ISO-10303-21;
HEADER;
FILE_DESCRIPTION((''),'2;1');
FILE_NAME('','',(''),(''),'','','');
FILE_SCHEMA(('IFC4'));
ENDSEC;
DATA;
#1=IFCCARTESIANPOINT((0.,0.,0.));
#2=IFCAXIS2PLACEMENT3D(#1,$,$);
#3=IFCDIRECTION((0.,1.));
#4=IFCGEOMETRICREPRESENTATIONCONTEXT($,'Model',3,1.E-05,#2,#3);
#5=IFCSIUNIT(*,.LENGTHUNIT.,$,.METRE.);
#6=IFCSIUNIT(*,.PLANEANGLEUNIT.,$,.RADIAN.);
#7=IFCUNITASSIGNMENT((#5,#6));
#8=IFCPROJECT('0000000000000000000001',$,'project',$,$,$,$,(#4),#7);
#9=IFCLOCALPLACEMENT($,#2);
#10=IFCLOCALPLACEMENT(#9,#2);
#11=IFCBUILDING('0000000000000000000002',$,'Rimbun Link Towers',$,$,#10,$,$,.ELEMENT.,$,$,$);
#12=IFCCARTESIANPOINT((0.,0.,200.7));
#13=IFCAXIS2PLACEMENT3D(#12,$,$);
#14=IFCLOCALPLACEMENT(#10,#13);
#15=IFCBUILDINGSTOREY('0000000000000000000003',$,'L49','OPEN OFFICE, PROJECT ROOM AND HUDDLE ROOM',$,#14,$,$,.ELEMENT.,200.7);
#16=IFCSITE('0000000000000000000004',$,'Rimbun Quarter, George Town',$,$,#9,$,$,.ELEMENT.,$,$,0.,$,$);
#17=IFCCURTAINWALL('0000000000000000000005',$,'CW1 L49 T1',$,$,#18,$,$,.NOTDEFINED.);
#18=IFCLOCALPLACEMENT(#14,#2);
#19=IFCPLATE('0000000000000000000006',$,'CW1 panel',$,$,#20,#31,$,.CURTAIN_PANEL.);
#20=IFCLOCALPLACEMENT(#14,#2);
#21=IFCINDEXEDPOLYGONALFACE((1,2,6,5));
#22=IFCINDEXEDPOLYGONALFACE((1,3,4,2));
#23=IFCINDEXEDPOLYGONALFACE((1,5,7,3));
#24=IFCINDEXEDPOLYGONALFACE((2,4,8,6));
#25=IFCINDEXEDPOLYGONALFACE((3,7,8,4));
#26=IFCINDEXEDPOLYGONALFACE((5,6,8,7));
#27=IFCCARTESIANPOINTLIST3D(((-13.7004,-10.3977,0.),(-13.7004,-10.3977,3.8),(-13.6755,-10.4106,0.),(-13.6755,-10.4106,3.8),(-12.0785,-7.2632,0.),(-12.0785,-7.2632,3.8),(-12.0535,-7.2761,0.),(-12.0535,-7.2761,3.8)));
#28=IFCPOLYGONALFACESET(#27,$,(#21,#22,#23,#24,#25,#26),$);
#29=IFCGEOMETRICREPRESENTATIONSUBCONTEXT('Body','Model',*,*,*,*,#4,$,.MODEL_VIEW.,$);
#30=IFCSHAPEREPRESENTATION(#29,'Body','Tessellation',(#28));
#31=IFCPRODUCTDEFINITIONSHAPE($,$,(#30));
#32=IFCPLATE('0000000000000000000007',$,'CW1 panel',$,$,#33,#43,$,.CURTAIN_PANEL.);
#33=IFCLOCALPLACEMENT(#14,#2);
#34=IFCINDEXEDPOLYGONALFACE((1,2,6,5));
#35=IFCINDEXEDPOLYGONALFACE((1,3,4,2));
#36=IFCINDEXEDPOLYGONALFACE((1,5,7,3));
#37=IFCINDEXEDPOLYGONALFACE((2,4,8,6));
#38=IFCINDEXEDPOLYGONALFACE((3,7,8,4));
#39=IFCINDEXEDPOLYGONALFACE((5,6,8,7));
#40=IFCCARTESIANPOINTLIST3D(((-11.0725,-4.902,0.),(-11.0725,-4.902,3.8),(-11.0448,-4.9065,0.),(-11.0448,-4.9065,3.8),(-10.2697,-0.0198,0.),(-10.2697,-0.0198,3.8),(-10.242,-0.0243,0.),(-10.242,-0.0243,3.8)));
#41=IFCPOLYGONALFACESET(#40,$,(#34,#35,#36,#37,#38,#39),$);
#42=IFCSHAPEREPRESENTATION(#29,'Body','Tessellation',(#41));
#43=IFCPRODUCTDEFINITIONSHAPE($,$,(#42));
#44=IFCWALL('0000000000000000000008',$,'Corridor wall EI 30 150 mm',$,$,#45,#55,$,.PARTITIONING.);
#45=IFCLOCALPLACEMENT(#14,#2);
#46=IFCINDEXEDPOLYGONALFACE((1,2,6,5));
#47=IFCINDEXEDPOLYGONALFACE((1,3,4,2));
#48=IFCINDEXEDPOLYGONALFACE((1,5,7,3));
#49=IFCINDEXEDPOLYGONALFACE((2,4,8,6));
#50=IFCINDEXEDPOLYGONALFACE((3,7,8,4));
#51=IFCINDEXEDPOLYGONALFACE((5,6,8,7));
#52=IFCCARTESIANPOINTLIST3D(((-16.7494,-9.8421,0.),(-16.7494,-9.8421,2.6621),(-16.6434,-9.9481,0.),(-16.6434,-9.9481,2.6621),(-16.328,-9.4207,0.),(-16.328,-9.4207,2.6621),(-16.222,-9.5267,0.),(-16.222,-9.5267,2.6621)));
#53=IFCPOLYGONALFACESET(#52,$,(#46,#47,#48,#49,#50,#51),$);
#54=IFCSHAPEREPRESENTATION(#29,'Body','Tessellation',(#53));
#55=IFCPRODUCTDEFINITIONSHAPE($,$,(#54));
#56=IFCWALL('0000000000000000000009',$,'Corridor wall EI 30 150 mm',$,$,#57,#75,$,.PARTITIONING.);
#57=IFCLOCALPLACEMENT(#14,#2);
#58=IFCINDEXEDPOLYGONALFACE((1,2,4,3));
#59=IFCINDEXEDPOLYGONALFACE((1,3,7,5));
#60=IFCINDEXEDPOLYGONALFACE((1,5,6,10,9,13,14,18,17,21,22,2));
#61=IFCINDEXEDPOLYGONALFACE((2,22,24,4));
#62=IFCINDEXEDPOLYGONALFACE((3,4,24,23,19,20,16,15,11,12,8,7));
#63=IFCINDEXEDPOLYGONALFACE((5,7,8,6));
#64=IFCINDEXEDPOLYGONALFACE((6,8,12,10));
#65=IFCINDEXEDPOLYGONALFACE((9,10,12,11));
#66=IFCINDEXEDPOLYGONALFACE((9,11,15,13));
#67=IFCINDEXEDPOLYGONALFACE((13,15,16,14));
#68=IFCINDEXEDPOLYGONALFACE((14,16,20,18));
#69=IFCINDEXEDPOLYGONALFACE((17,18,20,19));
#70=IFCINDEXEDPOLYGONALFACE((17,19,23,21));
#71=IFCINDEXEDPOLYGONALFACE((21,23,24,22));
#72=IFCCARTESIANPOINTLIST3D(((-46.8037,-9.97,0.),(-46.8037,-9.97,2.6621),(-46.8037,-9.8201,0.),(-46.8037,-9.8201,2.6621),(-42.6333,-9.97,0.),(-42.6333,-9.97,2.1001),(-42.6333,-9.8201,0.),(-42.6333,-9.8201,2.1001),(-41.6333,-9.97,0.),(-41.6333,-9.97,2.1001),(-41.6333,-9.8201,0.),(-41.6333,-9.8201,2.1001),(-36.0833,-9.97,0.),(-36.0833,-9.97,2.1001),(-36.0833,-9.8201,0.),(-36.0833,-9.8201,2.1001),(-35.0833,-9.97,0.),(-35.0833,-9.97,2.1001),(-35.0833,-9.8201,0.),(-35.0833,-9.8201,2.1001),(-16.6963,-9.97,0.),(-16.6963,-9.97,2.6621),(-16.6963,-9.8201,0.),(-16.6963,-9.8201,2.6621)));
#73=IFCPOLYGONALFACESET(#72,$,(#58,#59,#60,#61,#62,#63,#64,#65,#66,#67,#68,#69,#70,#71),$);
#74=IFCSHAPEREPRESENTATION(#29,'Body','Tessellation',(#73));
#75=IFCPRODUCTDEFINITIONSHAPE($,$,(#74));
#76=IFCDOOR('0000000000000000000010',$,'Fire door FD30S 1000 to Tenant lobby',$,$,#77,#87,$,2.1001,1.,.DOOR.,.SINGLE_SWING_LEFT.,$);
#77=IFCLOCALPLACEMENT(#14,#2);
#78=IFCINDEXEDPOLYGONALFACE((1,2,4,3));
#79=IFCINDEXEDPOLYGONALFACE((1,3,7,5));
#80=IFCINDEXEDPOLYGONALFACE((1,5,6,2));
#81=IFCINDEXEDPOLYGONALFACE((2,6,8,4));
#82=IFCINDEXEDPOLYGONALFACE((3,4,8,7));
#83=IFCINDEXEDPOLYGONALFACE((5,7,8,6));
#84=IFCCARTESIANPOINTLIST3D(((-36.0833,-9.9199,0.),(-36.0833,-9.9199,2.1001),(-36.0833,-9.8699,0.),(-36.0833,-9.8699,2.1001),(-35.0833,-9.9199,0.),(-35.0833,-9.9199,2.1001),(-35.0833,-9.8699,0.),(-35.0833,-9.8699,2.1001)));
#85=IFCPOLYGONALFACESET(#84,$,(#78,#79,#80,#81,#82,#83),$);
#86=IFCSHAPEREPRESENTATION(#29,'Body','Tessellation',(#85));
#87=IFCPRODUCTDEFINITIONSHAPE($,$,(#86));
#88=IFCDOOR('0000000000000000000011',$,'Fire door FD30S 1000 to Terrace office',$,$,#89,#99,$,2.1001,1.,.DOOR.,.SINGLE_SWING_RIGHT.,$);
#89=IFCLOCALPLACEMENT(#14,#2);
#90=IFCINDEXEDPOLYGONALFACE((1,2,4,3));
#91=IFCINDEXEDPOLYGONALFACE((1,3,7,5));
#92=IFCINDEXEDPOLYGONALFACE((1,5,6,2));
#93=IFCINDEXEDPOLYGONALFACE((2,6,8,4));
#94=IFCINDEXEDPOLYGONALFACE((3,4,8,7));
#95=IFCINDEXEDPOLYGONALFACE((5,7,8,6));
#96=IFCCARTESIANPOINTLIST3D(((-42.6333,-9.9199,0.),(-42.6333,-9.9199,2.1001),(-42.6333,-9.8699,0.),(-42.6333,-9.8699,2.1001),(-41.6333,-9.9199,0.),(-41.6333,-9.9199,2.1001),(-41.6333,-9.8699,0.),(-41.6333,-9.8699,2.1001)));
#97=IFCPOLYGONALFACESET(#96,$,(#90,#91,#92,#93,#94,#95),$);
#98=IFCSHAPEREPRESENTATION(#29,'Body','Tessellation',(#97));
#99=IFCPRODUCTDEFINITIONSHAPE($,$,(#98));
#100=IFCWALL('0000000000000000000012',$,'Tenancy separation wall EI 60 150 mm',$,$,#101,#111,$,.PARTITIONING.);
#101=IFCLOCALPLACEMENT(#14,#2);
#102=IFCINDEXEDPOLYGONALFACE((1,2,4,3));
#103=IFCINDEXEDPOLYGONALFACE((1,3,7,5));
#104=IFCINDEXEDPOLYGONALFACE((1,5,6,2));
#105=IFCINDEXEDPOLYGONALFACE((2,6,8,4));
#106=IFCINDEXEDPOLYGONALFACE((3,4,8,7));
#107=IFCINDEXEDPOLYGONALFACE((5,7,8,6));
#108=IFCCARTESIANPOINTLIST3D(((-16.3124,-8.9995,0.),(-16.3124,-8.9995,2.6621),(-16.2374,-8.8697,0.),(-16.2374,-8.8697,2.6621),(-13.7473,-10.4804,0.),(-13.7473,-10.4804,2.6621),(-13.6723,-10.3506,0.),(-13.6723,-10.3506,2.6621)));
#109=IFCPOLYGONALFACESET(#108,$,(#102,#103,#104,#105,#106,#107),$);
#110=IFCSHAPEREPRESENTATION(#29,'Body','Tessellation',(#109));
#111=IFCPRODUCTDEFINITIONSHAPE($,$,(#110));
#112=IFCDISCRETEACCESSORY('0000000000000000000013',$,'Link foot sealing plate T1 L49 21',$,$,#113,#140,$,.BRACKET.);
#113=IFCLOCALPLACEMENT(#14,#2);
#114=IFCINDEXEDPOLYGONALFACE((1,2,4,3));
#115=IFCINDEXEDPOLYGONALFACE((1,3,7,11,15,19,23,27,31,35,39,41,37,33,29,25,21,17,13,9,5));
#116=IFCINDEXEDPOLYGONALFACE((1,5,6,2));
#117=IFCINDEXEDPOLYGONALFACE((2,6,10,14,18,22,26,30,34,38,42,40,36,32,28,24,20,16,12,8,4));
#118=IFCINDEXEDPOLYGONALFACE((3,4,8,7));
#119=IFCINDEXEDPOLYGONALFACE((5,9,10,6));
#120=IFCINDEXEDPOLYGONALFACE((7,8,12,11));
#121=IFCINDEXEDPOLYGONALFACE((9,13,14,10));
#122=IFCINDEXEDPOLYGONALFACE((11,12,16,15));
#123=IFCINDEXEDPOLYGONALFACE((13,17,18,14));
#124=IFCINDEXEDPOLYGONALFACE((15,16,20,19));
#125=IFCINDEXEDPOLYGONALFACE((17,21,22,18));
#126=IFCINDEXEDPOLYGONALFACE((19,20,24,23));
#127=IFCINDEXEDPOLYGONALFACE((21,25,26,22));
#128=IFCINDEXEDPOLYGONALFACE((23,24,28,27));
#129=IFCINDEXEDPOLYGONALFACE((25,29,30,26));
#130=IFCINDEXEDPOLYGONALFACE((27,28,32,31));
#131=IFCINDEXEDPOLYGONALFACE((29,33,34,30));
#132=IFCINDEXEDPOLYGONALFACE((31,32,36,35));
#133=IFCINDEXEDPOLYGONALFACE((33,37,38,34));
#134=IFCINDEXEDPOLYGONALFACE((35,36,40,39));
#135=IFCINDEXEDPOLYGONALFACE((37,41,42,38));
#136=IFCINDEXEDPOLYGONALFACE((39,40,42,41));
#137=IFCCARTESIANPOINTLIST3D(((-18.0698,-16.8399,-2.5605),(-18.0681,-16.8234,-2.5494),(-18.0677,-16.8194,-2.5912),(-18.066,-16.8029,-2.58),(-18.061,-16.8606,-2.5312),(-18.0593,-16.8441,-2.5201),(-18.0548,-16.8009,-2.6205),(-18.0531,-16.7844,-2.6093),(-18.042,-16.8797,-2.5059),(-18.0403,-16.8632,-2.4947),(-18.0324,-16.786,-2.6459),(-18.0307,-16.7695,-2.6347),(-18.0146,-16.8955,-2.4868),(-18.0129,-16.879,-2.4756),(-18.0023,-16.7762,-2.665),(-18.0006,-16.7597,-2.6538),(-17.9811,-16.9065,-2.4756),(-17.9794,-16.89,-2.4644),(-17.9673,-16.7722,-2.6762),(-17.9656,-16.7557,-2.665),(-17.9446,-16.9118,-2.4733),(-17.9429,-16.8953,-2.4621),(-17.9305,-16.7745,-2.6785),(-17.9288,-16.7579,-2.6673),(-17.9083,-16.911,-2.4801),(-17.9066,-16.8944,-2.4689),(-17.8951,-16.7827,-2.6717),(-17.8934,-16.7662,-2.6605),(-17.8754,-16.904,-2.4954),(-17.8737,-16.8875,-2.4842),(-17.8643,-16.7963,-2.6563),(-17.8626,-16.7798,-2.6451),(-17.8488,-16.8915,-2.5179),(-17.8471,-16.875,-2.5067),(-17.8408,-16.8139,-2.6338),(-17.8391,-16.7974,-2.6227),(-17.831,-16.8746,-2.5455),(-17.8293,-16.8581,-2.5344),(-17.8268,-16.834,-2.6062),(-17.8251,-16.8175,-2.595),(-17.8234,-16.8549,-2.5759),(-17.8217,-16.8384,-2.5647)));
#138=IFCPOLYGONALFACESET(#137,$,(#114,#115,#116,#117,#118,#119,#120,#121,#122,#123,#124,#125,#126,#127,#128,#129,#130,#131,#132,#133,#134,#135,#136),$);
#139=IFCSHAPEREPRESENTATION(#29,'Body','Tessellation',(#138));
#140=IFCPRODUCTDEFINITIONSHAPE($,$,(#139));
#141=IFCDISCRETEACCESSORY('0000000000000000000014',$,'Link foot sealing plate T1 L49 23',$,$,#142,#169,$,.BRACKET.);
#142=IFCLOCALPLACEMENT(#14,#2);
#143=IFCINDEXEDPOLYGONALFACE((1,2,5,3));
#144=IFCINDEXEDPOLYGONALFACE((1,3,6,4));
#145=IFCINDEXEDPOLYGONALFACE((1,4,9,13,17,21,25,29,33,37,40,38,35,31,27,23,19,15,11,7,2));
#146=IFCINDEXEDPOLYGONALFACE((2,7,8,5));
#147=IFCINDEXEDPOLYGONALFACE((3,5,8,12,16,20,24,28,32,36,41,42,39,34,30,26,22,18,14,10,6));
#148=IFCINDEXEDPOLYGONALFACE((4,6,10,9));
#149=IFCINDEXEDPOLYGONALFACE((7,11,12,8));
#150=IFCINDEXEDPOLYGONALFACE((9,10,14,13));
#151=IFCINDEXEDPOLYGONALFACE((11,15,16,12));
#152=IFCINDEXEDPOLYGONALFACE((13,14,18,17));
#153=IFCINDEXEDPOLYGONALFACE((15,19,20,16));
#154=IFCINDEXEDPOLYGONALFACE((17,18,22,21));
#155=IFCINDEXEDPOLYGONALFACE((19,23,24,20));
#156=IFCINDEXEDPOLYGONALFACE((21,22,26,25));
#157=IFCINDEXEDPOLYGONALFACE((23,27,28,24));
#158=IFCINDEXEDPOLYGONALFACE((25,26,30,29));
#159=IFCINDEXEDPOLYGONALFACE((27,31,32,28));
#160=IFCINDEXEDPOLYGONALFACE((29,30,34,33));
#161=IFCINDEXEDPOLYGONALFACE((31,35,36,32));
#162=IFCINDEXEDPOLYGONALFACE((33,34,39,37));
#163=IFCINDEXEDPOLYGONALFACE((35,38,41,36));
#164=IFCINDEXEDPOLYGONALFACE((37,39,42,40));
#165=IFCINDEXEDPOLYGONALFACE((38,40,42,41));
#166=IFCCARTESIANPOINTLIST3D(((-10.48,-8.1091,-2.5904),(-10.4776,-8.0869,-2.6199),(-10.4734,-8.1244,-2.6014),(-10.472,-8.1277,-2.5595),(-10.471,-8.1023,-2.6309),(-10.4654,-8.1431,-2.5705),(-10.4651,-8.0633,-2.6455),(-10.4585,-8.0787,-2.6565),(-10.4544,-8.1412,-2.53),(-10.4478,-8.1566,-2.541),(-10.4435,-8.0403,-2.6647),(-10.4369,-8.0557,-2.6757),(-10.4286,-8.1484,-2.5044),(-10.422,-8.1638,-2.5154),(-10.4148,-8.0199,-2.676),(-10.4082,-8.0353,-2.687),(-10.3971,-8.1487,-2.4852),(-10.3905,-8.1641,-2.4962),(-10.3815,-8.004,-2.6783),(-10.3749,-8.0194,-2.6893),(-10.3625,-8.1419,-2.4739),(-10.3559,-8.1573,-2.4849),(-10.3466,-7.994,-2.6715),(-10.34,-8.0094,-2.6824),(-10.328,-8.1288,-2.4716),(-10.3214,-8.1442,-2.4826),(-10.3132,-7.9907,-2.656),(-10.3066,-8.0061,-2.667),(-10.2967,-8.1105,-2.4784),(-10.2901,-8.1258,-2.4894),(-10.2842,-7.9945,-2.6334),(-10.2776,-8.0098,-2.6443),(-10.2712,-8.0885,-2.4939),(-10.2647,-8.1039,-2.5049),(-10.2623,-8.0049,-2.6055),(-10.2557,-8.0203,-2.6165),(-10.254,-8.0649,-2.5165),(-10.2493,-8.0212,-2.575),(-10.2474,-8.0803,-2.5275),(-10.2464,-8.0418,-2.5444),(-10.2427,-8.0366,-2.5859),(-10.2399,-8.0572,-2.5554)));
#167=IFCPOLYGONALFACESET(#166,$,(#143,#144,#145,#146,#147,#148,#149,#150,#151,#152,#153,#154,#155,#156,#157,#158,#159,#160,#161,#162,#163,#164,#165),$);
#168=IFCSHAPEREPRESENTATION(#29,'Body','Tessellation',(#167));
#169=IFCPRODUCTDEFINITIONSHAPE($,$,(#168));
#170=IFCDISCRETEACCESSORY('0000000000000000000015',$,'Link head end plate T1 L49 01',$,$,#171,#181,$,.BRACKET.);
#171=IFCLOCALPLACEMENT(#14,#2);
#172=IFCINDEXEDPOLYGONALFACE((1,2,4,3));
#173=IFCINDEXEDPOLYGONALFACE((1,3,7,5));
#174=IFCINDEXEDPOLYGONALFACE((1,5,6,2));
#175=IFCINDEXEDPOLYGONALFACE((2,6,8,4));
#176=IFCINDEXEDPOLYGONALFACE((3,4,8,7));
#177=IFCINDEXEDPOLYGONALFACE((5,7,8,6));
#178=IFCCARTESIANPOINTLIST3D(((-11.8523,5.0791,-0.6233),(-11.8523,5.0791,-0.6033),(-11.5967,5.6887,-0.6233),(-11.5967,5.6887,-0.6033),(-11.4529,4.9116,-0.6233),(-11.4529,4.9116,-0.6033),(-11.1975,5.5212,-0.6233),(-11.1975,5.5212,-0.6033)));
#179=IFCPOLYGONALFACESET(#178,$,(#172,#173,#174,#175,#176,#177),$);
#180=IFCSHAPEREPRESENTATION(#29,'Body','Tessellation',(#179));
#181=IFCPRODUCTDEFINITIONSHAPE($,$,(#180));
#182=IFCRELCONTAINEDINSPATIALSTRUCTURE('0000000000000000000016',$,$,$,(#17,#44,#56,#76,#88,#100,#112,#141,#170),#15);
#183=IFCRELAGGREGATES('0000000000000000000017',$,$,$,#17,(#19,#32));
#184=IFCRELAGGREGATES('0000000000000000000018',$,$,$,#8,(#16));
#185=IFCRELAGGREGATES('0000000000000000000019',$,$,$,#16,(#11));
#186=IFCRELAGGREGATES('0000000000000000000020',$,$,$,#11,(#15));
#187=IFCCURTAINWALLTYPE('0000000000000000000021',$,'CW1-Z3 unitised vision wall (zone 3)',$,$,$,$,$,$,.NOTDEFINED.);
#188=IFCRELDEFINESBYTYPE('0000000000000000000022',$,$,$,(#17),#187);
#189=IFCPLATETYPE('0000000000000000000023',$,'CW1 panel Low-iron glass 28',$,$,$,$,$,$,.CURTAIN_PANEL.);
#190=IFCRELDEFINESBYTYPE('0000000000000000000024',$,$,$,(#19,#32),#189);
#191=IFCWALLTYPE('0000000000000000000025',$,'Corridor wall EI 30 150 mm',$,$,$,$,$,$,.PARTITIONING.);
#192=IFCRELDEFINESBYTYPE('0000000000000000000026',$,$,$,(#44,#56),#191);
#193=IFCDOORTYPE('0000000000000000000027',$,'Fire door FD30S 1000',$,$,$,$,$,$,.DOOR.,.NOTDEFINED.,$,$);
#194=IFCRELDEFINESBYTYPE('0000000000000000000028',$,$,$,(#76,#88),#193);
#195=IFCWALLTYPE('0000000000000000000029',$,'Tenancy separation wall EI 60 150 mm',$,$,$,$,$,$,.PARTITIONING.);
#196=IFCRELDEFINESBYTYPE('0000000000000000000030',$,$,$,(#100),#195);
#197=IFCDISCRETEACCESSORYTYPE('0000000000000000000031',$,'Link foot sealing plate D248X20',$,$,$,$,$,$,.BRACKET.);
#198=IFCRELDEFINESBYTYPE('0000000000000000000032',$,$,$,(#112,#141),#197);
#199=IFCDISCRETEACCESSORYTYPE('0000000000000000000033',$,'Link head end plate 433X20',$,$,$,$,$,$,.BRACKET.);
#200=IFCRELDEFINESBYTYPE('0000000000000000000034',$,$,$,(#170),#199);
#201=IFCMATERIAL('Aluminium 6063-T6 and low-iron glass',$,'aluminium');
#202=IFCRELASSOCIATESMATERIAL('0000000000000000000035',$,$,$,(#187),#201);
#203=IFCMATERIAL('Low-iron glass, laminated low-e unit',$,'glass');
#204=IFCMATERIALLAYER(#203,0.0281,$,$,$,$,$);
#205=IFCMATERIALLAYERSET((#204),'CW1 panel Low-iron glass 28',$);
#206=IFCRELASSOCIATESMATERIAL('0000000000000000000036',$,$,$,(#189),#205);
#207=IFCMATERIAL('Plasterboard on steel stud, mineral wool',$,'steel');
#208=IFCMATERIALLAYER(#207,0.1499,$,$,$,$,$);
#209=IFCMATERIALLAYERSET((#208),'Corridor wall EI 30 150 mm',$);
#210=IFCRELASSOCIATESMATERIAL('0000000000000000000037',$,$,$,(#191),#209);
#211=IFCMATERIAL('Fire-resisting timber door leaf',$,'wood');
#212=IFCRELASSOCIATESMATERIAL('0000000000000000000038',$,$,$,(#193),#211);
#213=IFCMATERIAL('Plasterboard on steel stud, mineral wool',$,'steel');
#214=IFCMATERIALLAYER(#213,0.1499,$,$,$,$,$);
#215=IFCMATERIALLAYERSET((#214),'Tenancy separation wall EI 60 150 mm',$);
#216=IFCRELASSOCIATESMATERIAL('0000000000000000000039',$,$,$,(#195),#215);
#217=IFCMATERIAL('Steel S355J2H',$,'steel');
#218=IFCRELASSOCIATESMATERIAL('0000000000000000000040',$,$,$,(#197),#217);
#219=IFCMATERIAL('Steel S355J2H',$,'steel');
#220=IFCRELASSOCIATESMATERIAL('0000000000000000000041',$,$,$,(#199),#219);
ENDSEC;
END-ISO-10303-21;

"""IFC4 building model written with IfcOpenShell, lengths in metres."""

from ifc_helpers import new_model, si_unit, direction, frame, frame_2d, origin, origin_2d, place, context, subcontext, project, spatial, polyline, rectangle, circle, outline, extrude, material, layer, layer_set, material_profile, profile_set, type_object, element, fill, aggregate, save


model = new_model("IFC4")

# Units and contexts
model_context = context("Model", 3, precision=1e-05, world=origin(), true_north=direction((0.0, 1.0)))
body_context = subcontext(model_context, "Body", "Model", "MODEL_VIEW")
ifc_project = project(units=[si_unit("LENGTHUNIT", "METRE"), si_unit("PLANEANGLEUNIT", "RADIAN")], contexts=[model_context])

# Site, building, storey
site_placement = place(None, origin())
site = spatial("IfcSite", under=ifc_project, at=site_placement, Name="Rimbun Quarter, George Town", CompositionType="ELEMENT", RefElevation=0.0)
building_placement = place(site_placement, origin())
building = spatial("IfcBuilding", under=site, at=building_placement, Name="Rimbun Link Towers", CompositionType="ELEMENT")
storey_placement = place(building_placement, frame((0.0, 0.0, 200.7)))
storey = spatial("IfcBuildingStorey", under=building, at=storey_placement, Name="L49", Description="OPEN OFFICE, PROJECT ROOM AND HUDDLE ROOM", CompositionType="ELEMENT", Elevation=200.7)

# Curtain wall
ifc_material_1 = material(Name="Aluminium 6063-T6 and low-iron glass", Category="aluminium")
curtain_wall_type = type_object("IfcCurtainWallType", Name="CW1-Z3 unitised vision wall (zone 3)", PredefinedType="NOTDEFINED", material=ifc_material_1)
curtain_wall_placement = place(storey_placement, origin())
curtain_wall = element("IfcCurtainWall", 1, at=curtain_wall_placement, inside=storey, type_object=curtain_wall_type, Name="CW1 L49 T1", PredefinedType="NOTDEFINED")

# Plates
ifc_material_2 = material(Name="Low-iron glass, laminated low-e unit", Category="glass")
ifc_layer_1 = layer(ifc_material_2, 0.0281)
ifc_layer_set_1 = layer_set([ifc_layer_1], Name="CW1 panel Low-iron glass 28")
plate_type = type_object("IfcPlateType", Name="CW1 panel Low-iron glass 28", PredefinedType="CURTAIN_PANEL", material=ifc_layer_set_1)
plate_1_placement = place(storey_placement, frame((-12.877, -8.8369, 0.0), z_axis=(0.0, 0.0, 1.0), x_axis=(-0.459563, -0.888145, 0.0)))
plate_1 = element("IfcPlate", 2, at=plate_1_placement, type_object=plate_type, Name="CW1 panel", PredefinedType="CURTAIN_PANEL", context=body_context, shape_type="SweptSolid", body=[
    extrude(rectangle(XDim=3.5293, YDim=0.0281, at=origin_2d()), origin(), (0.0, 0.0, 1.0), 3.8),
])
plate_2_placement = place(storey_placement, frame((-10.6572, -2.4631, 0.0), z_axis=(0.0, 0.0, 1.0), x_axis=(-0.162251, -0.98675, 0.0)))
plate_2 = element("IfcPlate", 3, at=plate_2_placement, type_object=plate_type, Name="CW1 panel", PredefinedType="CURTAIN_PANEL", context=body_context, shape_type="SweptSolid", body=[
    extrude(rectangle(XDim=4.9478, YDim=0.0281, at=origin_2d()), origin(), (0.0, 0.0, 1.0), 3.8),
])
aggregate(curtain_wall, [plate_1, plate_2])

# Wall
ifc_material_3 = material(Name="Plasterboard on steel stud, mineral wool", Category="steel")
ifc_layer_2 = layer(ifc_material_3, 0.1499)
ifc_layer_set_2 = layer_set([ifc_layer_2], Name="Corridor wall EI 30 150 mm")
wall_type_1 = type_object("IfcWallType", Name="Corridor wall EI 30 150 mm", PredefinedType="PARTITIONING", material=ifc_layer_set_2)
wall_1_placement = place(storey_placement, frame((-16.6963, -9.895, 0.0), z_axis=(0.0, 0.0, 1.0), x_axis=(0.707107, 0.707107, 0.0)))
element("IfcWall", 4, at=wall_1_placement, inside=storey, type_object=wall_type_1, Name="Corridor wall EI 30 150 mm", PredefinedType="PARTITIONING", context=body_context, shape_type="SweptSolid", body=[
    extrude(rectangle(XDim=0.5959, YDim=0.1499, at=frame_2d((0.2979, 0.0))), origin(), (0.0, 0.0, 1.0), 2.6621),
])

# Wall, openings, doors
wall_2_placement = place(storey_placement, frame((-16.6963, -9.895, 0.0), z_axis=(0.0, 0.0, 1.0), x_axis=(-1.0, 0.0, 0.0)))
wall_2 = element("IfcWall", 5, at=wall_2_placement, inside=storey, type_object=wall_type_1, Name="Corridor wall EI 30 150 mm", PredefinedType="PARTITIONING", context=body_context, shape_type="SweptSolid", body=[
    extrude(rectangle(XDim=30.1074, YDim=0.1499, at=frame_2d((15.0537, 0.0))), origin(), (0.0, 0.0, 1.0), 2.6621),
])
opening_1_placement = place(wall_2_placement, frame((18.387, 0.0, 0.0)))
opening_1 = element("IfcOpeningElement", 6, at=opening_1_placement, cuts=wall_2, PredefinedType="OPENING", context=body_context, shape_type="SweptSolid", body=[
    extrude(rectangle(XDim=1.0, YDim=2.1001, at=frame_2d((0.5, 1.05))), frame((0.0, 0.085, 0.0), z_axis=(0.0, -1.0, 0.0), x_axis=(1.0, 0.0, 0.0)), (0.0, 0.0, 1.0), 0.1699),
])
opening_2_placement = place(wall_2_placement, frame((24.937, 0.0, 0.0)))
opening_2 = element("IfcOpeningElement", 7, at=opening_2_placement, cuts=wall_2, PredefinedType="OPENING", context=body_context, shape_type="SweptSolid", body=[
    extrude(rectangle(XDim=1.0, YDim=2.1001, at=frame_2d((0.5, 1.05))), frame((0.0, 0.085, 0.0), z_axis=(0.0, -1.0, 0.0), x_axis=(1.0, 0.0, 0.0)), (0.0, 0.0, 1.0), 0.1699),
])
ifc_material_4 = material(Name="Fire-resisting timber door leaf", Category="wood")
door_type = type_object("IfcDoorType", Name="Fire door FD30S 1000", OperationType="NOTDEFINED", PredefinedType="DOOR", material=ifc_material_4)
door_1_placement = place(opening_1_placement, origin())
door_1 = element("IfcDoor", 8, at=door_1_placement, inside=storey, type_object=door_type, Name="Fire door FD30S 1000 to Tenant lobby", OperationType="SINGLE_SWING_LEFT", OverallHeight=2.1001, OverallWidth=1.0, PredefinedType="DOOR", context=body_context, shape_type="SweptSolid", body=[
    extrude(rectangle(XDim=1.0, YDim=2.1001, at=frame_2d((0.5, 1.05))), frame((0.0, 0.0249, 0.0), z_axis=(0.0, -1.0, 0.0), x_axis=(1.0, 0.0, 0.0)), (0.0, 0.0, 1.0), 0.05),
])
fill(opening_1, door_1)
door_2_placement = place(opening_2_placement, origin())
door_2 = element("IfcDoor", 9, at=door_2_placement, inside=storey, type_object=door_type, Name="Fire door FD30S 1000 to Terrace office", OperationType="SINGLE_SWING_RIGHT", OverallHeight=2.1001, OverallWidth=1.0, PredefinedType="DOOR", context=body_context, shape_type="SweptSolid", body=[
    extrude(rectangle(XDim=1.0, YDim=2.1001, at=frame_2d((0.5, 1.05))), frame((0.0, 0.0249, 0.0), z_axis=(0.0, -1.0, 0.0), x_axis=(1.0, 0.0, 0.0)), (0.0, 0.0, 1.0), 0.05),
])
fill(opening_2, door_2)

# Wall
ifc_material_5 = material(Name="Plasterboard on steel stud, mineral wool", Category="steel")
ifc_layer_3 = layer(ifc_material_5, 0.1499)
ifc_layer_set_3 = layer_set([ifc_layer_3], Name="Tenancy separation wall EI 60 150 mm")
wall_type_2 = type_object("IfcWallType", Name="Tenancy separation wall EI 60 150 mm", PredefinedType="PARTITIONING", material=ifc_layer_set_3)
wall_3_placement = place(storey_placement, frame((-16.2749, -8.9346, 0.0), z_axis=(0.0, 0.0, 1.0), x_axis=(0.866033, -0.499986, 0.0)))
element("IfcWall", 10, at=wall_3_placement, inside=storey, type_object=wall_type_2, Name="Tenancy separation wall EI 60 150 mm", PredefinedType="PARTITIONING", context=body_context, shape_type="SweptSolid", body=[
    extrude(rectangle(XDim=2.9619, YDim=0.1499, at=frame_2d((1.481, 0.0))), origin(), (0.0, 0.0, 1.0), 2.6621),
])

# Discrete accessories
ifc_material_6 = material(Name="Steel S355J2H", Category="steel")
ifc_material_profile_1 = material_profile(ifc_material_6, circle(Radius=0.124, at=origin_2d()), Name="PL D248")
ifc_profile_set_1 = profile_set([ifc_material_profile_1], Name="Steel S355J2H")
discrete_accessory_type_1 = type_object("IfcDiscreteAccessoryType", Name="Link foot sealing plate D248X20", PredefinedType="BRACKET", material=ifc_profile_set_1)
for number, where, z_axis, x_axis, name in (
    (11, (-17.9451, -16.8257, -2.5647), (-0.084956, -0.825289, -0.558284), (0.994743, -0.1024, 0.0), "Link foot sealing plate T1 L49 21"),
    (12, (-10.3633, -8.0701, -2.575), (0.329293, -0.76835, -0.548821), (0.919145, 0.393919, 0.0), "Link foot sealing plate T1 L49 23"),
):
    element("IfcDiscreteAccessory", number, at=place(storey_placement, frame(where, z_axis=z_axis, x_axis=x_axis)), inside=storey, type_object=discrete_accessory_type_1, Name=name, PredefinedType="BRACKET", context=body_context, shape_type="SweptSolid", body=[
        extrude(circle(Radius=0.124, at=origin_2d()), origin(), (0.0, 0.0, 1.0), 0.02),
    ])
ifc_material_7 = material(Name="Steel S355J2H", Category="steel")
ifc_material_profile_2 = material_profile(ifc_material_7, rectangle(XDim=0.4331, YDim=0.4331, at=origin_2d()), Name="PL 433x433")
ifc_profile_set_2 = profile_set([ifc_material_profile_2], Name="Steel S355J2H")
discrete_accessory_type_2 = type_object("IfcDiscreteAccessoryType", Name="Link head end plate 433X20", PredefinedType="BRACKET", material=ifc_profile_set_2)
discrete_accessory_1_placement = place(storey_placement, frame((0.0, 0.0, -0.6233)))
element("IfcDiscreteAccessory", 13, at=discrete_accessory_1_placement, inside=storey, type_object=discrete_accessory_type_2, Name="Link head end plate T1 L49 01", PredefinedType="BRACKET", context=body_context, shape_type="SweptSolid", body=[
    extrude(outline(polyline([(-11.4529, 4.9116), (-11.1975, 5.5212), (-11.5967, 5.6887), (-11.8523, 5.0791), (-11.4529, 4.9116)])), origin(), (0.0, 0.0, 1.0), 0.02),
])

save(model, "model.ifc")
